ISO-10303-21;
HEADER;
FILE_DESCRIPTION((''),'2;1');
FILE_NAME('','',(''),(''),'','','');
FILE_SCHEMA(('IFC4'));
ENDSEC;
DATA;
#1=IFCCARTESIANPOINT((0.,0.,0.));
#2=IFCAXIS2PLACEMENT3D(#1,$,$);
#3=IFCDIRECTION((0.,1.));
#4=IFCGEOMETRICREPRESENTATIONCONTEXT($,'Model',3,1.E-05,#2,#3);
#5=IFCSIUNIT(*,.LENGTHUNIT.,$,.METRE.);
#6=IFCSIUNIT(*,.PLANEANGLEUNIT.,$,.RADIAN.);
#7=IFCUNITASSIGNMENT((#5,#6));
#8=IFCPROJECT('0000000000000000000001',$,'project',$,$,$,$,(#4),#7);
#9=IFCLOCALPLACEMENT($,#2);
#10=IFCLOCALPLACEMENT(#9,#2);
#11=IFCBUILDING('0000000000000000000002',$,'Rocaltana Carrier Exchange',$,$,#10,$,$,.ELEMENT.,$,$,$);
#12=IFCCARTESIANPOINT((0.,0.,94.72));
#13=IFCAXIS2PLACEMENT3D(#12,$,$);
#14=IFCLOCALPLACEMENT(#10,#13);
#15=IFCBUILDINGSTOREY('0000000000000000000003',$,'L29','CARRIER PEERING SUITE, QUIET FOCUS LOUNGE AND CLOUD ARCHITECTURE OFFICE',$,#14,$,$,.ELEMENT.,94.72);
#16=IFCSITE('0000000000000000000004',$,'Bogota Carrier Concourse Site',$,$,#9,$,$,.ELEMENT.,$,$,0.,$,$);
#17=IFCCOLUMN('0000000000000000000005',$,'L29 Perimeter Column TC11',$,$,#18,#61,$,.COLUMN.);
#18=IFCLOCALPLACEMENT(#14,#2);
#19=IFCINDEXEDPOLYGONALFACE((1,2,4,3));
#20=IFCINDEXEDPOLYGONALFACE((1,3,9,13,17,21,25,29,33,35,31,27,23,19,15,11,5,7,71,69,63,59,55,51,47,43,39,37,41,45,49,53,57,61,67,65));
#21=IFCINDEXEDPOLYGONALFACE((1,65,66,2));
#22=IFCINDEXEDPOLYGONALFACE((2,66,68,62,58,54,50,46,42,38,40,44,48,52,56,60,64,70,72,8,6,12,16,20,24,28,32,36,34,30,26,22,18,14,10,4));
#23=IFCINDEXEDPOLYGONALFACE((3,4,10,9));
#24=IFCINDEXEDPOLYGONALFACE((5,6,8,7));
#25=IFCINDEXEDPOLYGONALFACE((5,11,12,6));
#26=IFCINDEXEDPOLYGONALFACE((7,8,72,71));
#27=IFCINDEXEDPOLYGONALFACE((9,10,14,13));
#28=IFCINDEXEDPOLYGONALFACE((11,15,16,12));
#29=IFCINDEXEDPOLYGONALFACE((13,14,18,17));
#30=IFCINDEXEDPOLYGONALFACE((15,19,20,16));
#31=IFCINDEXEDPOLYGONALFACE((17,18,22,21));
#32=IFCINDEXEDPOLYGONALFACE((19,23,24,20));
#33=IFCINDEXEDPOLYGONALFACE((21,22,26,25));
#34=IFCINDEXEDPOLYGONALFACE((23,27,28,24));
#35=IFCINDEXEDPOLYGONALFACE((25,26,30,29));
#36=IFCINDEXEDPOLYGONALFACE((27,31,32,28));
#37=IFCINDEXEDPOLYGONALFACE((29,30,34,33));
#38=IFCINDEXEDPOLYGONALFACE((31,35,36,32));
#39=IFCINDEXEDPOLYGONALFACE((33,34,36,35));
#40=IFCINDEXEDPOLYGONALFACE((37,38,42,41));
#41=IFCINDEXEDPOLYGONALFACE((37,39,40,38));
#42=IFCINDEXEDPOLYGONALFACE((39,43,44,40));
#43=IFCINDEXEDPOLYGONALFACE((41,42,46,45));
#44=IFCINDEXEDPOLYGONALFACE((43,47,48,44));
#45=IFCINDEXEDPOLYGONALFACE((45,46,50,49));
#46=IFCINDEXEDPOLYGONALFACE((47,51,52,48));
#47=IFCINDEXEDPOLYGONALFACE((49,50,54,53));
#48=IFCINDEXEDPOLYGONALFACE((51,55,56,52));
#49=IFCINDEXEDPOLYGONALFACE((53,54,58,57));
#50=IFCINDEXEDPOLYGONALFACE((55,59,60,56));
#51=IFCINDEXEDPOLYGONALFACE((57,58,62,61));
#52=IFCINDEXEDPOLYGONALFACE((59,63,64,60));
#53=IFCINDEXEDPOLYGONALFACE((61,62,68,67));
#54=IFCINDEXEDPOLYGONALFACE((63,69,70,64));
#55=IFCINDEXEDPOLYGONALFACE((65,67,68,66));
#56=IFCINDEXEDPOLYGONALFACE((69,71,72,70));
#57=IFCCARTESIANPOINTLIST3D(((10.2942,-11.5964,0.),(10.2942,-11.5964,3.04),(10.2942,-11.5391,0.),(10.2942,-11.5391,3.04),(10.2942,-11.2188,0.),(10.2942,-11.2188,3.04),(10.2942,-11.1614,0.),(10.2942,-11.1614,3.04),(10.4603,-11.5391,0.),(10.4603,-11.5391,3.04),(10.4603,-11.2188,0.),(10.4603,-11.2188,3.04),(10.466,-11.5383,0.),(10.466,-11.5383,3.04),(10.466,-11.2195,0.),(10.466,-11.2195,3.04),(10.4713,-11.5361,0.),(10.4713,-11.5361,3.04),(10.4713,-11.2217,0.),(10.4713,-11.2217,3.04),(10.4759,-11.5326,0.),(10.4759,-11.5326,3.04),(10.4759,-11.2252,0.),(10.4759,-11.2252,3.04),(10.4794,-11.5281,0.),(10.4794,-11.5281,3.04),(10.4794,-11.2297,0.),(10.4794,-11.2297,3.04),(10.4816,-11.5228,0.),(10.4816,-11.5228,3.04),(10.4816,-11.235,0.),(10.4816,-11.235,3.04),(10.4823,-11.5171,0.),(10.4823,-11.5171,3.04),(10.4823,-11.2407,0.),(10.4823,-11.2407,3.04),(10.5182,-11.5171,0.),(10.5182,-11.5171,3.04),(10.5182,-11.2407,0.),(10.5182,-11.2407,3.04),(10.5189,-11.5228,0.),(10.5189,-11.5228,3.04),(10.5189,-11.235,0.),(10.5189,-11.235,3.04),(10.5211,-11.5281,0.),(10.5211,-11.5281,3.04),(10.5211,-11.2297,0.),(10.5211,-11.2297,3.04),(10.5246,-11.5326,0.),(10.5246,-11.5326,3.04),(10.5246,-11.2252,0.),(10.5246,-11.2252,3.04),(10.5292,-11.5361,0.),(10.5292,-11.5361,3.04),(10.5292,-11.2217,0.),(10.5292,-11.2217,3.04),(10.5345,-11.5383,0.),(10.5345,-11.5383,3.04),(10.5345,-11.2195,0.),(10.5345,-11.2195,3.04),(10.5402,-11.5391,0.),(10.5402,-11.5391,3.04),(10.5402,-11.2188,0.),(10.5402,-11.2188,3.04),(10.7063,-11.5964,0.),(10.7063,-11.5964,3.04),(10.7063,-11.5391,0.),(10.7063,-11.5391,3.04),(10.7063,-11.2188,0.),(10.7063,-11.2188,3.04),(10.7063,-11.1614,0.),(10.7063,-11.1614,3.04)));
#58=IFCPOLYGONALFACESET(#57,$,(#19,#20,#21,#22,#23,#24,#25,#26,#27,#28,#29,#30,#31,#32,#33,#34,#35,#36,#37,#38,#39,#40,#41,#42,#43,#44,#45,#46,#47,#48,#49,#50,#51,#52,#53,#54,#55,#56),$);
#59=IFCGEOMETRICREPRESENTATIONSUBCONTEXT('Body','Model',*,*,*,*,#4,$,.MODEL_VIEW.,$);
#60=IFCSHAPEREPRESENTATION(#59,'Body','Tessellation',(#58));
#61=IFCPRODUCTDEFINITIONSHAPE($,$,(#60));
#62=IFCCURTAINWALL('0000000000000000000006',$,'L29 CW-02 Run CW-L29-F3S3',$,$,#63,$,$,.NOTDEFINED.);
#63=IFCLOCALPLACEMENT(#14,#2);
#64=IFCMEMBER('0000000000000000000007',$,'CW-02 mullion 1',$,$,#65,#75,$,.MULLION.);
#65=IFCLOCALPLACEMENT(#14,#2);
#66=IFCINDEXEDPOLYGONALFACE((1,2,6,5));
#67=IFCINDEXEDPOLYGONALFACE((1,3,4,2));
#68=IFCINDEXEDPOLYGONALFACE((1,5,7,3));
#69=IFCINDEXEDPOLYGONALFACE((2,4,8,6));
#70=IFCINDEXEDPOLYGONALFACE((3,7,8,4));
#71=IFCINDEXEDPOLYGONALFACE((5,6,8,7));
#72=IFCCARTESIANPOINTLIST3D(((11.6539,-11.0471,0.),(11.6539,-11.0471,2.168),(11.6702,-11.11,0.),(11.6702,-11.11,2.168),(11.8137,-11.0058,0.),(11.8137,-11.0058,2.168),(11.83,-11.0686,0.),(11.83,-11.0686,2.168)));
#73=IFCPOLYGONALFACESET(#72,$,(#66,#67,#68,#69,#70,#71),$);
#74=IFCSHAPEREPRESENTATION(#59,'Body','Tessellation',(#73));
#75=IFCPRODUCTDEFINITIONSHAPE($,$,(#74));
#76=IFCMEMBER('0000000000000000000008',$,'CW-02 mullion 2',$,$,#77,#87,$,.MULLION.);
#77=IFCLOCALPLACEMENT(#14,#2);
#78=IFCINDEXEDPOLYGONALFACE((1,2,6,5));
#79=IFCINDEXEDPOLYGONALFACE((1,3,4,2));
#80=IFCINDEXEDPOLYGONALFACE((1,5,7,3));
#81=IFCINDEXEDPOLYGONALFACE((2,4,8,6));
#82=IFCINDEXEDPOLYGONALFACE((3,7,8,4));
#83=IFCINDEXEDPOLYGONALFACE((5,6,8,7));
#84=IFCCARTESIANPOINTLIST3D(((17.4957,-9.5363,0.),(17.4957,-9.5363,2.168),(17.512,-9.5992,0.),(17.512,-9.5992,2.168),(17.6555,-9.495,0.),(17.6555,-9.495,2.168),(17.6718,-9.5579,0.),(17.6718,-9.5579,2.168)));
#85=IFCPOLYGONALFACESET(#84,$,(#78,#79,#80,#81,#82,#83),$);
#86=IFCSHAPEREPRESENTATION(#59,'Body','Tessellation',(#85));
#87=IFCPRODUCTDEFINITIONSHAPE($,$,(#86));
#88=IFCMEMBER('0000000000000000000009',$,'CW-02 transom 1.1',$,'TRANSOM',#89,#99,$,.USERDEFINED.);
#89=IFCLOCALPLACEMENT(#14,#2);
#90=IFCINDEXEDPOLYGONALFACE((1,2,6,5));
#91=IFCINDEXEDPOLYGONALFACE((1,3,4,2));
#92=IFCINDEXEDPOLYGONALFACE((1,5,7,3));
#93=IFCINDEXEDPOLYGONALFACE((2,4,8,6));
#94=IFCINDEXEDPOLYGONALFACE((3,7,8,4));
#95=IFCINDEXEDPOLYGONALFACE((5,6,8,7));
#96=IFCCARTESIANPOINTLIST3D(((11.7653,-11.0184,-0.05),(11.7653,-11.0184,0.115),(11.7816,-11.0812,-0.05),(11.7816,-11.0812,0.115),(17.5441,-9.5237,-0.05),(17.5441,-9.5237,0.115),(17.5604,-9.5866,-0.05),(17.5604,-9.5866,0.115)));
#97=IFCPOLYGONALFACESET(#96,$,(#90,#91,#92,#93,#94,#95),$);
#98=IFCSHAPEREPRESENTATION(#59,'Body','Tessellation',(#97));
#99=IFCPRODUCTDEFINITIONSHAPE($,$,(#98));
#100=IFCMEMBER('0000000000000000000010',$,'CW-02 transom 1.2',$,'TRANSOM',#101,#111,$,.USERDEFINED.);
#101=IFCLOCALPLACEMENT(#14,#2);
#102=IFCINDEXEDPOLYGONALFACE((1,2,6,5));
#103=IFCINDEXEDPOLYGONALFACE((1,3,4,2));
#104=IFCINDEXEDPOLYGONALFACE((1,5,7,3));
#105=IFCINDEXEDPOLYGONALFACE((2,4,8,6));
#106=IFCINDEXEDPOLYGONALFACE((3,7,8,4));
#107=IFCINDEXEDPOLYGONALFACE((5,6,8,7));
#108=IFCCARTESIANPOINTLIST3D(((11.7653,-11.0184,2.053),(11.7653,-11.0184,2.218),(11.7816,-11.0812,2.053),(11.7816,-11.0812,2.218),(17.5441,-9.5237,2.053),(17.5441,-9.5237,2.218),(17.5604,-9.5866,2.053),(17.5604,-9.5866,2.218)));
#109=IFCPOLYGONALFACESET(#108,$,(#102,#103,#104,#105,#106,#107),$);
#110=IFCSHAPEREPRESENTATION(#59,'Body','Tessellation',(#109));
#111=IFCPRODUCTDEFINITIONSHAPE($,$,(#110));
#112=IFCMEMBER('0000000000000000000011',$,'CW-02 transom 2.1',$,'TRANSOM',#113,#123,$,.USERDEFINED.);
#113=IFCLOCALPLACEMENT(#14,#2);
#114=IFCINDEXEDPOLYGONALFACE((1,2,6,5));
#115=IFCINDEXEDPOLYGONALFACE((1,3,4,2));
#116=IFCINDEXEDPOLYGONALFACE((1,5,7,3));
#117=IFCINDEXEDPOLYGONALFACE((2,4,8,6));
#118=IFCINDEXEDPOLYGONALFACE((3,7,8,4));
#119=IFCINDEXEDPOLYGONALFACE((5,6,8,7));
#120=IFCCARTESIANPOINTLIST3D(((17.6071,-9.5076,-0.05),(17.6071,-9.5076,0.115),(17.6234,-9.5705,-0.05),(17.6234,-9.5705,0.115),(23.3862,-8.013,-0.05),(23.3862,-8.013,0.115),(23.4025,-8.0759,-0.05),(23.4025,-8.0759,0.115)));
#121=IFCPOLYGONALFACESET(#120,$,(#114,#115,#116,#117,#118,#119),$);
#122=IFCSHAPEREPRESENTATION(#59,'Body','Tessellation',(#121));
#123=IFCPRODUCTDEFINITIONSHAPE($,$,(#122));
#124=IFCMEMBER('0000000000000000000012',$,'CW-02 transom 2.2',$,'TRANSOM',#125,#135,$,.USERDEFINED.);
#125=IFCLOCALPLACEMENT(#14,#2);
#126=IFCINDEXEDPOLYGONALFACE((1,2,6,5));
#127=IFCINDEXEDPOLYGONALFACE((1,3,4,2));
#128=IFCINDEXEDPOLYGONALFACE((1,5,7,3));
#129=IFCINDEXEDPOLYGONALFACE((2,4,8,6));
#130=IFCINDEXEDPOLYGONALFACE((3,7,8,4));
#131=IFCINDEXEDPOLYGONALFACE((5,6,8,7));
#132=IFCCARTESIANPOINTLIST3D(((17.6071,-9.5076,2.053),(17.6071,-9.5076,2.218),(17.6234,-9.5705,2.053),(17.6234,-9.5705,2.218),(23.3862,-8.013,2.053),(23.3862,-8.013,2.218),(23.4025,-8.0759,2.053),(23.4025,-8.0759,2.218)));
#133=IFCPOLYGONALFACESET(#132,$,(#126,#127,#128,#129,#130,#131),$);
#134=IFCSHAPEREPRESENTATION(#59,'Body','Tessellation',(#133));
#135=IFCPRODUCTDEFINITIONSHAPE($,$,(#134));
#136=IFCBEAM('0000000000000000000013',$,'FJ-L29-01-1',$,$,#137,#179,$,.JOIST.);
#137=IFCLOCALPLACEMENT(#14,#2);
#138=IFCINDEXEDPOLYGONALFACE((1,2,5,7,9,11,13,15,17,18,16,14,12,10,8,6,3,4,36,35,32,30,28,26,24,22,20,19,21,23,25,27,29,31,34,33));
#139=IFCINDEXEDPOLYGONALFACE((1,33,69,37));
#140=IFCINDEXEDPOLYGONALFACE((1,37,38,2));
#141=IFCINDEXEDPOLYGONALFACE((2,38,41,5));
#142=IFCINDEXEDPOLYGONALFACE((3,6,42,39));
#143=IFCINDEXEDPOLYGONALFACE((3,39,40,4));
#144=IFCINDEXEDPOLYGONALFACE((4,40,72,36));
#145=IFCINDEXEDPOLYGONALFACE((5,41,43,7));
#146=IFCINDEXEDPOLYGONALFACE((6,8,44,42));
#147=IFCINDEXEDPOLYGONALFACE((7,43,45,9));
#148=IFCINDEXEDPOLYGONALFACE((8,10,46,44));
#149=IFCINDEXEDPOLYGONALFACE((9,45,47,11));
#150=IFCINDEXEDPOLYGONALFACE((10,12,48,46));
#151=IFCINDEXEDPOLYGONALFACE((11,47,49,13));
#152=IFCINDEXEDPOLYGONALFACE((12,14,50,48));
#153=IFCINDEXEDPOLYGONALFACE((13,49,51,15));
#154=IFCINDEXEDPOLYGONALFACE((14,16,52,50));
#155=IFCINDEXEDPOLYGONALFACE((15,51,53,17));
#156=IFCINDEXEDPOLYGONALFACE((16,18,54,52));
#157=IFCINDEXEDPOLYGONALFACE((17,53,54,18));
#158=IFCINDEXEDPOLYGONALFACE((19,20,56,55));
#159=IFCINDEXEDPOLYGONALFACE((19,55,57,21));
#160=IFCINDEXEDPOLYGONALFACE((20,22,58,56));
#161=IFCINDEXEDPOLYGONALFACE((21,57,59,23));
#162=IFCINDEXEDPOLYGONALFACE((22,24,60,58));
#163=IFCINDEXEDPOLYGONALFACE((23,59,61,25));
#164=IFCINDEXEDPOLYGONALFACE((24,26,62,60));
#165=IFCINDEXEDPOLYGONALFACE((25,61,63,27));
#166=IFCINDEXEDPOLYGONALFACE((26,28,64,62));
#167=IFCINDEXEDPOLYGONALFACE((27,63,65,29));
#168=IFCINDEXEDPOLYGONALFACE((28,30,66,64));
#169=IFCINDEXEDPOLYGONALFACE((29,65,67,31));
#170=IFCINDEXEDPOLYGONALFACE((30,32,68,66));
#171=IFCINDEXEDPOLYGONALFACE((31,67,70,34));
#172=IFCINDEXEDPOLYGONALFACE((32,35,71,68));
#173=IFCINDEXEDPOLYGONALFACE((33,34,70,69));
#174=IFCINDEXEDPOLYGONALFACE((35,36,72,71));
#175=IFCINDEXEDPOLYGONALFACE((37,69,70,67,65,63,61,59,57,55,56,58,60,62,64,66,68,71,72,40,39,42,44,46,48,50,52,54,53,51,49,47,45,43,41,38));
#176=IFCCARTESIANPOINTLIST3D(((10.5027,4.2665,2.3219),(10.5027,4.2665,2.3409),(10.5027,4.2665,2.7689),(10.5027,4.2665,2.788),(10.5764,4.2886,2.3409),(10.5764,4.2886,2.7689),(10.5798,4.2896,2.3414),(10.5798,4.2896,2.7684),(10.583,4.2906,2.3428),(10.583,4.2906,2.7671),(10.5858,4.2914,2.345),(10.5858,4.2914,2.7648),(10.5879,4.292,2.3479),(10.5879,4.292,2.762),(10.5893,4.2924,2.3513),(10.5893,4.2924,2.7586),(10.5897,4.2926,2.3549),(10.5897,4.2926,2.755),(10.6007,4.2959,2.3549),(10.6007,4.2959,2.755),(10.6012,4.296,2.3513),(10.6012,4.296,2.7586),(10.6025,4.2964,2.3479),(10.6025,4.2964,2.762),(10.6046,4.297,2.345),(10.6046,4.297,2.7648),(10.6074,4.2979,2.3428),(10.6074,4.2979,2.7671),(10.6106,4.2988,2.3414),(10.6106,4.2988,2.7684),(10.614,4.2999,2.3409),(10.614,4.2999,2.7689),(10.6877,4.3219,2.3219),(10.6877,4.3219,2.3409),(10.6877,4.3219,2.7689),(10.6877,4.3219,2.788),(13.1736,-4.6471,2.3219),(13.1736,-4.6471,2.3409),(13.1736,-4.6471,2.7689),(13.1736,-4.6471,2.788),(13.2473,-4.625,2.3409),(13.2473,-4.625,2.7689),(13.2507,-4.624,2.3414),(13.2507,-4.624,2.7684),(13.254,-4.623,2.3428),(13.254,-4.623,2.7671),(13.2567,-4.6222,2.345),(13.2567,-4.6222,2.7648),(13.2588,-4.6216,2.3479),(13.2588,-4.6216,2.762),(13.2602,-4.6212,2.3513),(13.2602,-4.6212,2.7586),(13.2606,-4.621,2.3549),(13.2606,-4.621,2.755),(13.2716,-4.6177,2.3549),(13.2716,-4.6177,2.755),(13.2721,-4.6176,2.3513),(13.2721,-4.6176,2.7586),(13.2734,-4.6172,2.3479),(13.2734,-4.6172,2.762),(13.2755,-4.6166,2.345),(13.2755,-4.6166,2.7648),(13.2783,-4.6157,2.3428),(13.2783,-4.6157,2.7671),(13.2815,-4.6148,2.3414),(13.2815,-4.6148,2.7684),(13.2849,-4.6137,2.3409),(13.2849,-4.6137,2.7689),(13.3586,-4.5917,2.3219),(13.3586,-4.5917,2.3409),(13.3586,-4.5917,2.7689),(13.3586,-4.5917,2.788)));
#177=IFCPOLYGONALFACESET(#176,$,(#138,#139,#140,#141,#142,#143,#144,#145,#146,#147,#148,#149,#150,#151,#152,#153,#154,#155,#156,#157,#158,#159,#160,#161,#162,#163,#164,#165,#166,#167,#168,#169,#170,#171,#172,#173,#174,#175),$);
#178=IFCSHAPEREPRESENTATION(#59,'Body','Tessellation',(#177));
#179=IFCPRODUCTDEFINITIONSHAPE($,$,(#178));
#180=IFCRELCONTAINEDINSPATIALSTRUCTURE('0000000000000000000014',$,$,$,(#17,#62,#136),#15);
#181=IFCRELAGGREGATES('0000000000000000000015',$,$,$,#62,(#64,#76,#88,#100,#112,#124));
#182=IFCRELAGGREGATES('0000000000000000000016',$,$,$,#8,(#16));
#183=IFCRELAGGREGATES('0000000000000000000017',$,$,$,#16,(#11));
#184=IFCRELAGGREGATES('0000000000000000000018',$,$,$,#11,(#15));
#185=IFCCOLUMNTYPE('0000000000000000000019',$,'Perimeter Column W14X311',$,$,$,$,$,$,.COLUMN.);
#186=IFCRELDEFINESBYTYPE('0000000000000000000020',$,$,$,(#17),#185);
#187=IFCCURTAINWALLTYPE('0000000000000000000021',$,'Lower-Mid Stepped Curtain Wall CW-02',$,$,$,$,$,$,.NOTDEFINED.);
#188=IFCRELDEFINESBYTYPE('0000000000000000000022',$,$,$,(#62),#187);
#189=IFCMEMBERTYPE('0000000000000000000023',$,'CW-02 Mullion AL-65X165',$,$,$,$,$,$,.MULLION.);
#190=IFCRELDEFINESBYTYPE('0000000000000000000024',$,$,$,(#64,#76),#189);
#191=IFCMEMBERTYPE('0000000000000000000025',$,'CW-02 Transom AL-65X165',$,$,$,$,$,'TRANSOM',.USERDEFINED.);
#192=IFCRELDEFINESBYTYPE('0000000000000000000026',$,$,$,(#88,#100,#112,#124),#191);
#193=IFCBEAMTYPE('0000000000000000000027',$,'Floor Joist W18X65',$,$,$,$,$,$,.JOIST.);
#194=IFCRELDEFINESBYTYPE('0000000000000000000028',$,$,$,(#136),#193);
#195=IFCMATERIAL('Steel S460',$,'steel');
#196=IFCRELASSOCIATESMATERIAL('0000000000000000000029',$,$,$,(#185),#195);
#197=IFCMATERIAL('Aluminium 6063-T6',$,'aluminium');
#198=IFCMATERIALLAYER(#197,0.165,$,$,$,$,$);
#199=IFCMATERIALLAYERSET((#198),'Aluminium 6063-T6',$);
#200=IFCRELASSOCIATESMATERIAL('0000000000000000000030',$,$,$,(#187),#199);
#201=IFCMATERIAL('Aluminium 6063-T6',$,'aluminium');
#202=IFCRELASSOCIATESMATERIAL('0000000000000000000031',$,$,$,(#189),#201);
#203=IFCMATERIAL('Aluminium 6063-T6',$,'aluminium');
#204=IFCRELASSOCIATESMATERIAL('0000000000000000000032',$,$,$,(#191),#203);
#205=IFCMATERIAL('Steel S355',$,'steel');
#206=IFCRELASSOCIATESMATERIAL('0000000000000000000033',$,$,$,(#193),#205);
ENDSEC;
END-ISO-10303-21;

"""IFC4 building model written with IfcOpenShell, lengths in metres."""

from ifc_helpers import new_model, si_unit, direction, frame, origin, origin_2d, place, context, subcontext, project, spatial, rectangle, i_section, extrude, material, layer, layer_set, material_profile, profile_set, type_object, element, aggregate, save


model = new_model("IFC4")

# Units and contexts
model_context = context("Model", 3, precision=1e-05, world=origin(), true_north=direction((0.0, 1.0)))
body_context = subcontext(model_context, "Body", "Model", "MODEL_VIEW")
ifc_project = project(units=[si_unit("LENGTHUNIT", "METRE"), si_unit("PLANEANGLEUNIT", "RADIAN")], contexts=[model_context])

# Site, building, storey
site_placement = place(None, origin())
site = spatial("IfcSite", under=ifc_project, at=site_placement, Name="Bogota Carrier Concourse Site", CompositionType="ELEMENT", RefElevation=0.0)
building_placement = place(site_placement, origin())
building = spatial("IfcBuilding", under=site, at=building_placement, Name="Rocaltana Carrier Exchange", CompositionType="ELEMENT")
storey_placement = place(building_placement, frame((0.0, 0.0, 94.72)))
storey = spatial("IfcBuildingStorey", under=building, at=storey_placement, Name="L29", Description="CARRIER PEERING SUITE, QUIET FOCUS LOUNGE AND CLOUD ARCHITECTURE OFFICE", CompositionType="ELEMENT", Elevation=94.72)

# Column
ifc_material_1 = material(Name="Steel S460", Category="steel")
ifc_material_profile_1 = material_profile(ifc_material_1, i_section(OverallWidth=0.4121, OverallDepth=0.4351, WebThickness=0.0359, FlangeThickness=0.0574, FilletRadius=0.022, at=origin_2d()), Name="W14X311")
ifc_profile_set_1 = profile_set([ifc_material_profile_1], Name="Steel S460")
column_type = type_object("IfcColumnType", Name="Perimeter Column W14X311", PredefinedType="COLUMN", material=ifc_profile_set_1)
column_placement = place(storey_placement, frame((10.5002, -11.3789, 0.0), z_axis=(0.0, 0.0, 1.0), x_axis=(1.0, 0.0, 0.0)))
element("IfcColumn", 1, at=column_placement, inside=storey, type_object=column_type, Name="L29 Perimeter Column TC11", PredefinedType="COLUMN", context=body_context, shape_type="SweptSolid", body=[
    extrude(i_section(OverallWidth=0.4121, OverallDepth=0.4351, WebThickness=0.0359, FlangeThickness=0.0574, FilletRadius=0.022, at=origin_2d()), origin(), (0.0, 0.0, 1.0), 3.04),
])

# Curtain wall, members
ifc_material_2 = material(Name="Aluminium 6063-T6", Category="aluminium")
ifc_layer_1 = layer(ifc_material_2, 0.165)
ifc_layer_set_1 = layer_set([ifc_layer_1], Name="Aluminium 6063-T6")
curtain_wall_type = type_object("IfcCurtainWallType", Name="Lower-Mid Stepped Curtain Wall CW-02", PredefinedType="NOTDEFINED", material=ifc_layer_set_1)
curtain_wall_placement = place(storey_placement, origin())
curtain_wall = element("IfcCurtainWall", 2, at=curtain_wall_placement, inside=storey, type_object=curtain_wall_type, Name="L29 CW-02 Run CW-L29-F3S3", PredefinedType="NOTDEFINED")
ifc_material_3 = material(Name="Aluminium 6063-T6", Category="aluminium")
ifc_material_profile_2 = material_profile(ifc_material_3, rectangle(XDim=0.0649, YDim=0.165, at=origin_2d()), Name="AL-65X165")
ifc_profile_set_2 = profile_set([ifc_material_profile_2], Name="Aluminium 6063-T6")
member_type_1 = type_object("IfcMemberType", Name="CW-02 Mullion AL-65X165", PredefinedType="MULLION", material=ifc_profile_set_2)
member_1_placement = place(storey_placement, frame((11.7419, -11.0579, 0.0), z_axis=(0.0, 0.0, 1.0), x_axis=(-0.25037, 0.96815, 0.0)))
member_1 = element("IfcMember", 3, at=member_1_placement, type_object=member_type_1, Name="CW-02 mullion 1", PredefinedType="MULLION", context=body_context, shape_type="SweptSolid", body=[
    extrude(rectangle(XDim=0.0649, YDim=0.165, at=origin_2d()), origin(), (0.0, 0.0, 1.0), 2.168),
])
member_2_placement = place(storey_placement, frame((17.5837, -9.5471, 0.0), z_axis=(0.0, 0.0, 1.0), x_axis=(-0.25037, 0.96815, 0.0)))
member_2 = element("IfcMember", 4, at=member_2_placement, type_object=member_type_1, Name="CW-02 mullion 2", PredefinedType="MULLION", context=body_context, shape_type="SweptSolid", body=[
    extrude(rectangle(XDim=0.0649, YDim=0.165, at=origin_2d()), origin(), (0.0, 0.0, 1.0), 2.168),
])
ifc_material_4 = material(Name="Aluminium 6063-T6", Category="aluminium")
ifc_material_profile_3 = material_profile(ifc_material_4, rectangle(XDim=0.0649, YDim=0.165, at=origin_2d()), Name="AL-65X165")
ifc_profile_set_3 = profile_set([ifc_material_profile_3], Name="Aluminium 6063-T6")
member_type_2 = type_object("IfcMemberType", Name="CW-02 Transom AL-65X165", ElementType="TRANSOM", PredefinedType="USERDEFINED", material=ifc_profile_set_3)
member_3_placement = place(storey_placement, frame((11.7734, -11.0498, 0.0325), z_axis=(0.968142, 0.2504, 0.0), x_axis=(-0.2504, 0.968142, 0.0)))
member_3 = element("IfcMember", 5, at=member_3_placement, type_object=member_type_2, Name="CW-02 transom 1.1", ObjectType="TRANSOM", PredefinedType="USERDEFINED", context=body_context, shape_type="SweptSolid", body=[
    extrude(rectangle(XDim=0.0649, YDim=0.165, at=origin_2d()), origin(), (0.0, 0.0, 1.0), 5.969),
])
member_4_placement = place(storey_placement, frame((11.7734, -11.0498, 2.1355), z_axis=(0.968142, 0.2504, 0.0), x_axis=(-0.2504, 0.968142, 0.0)))
member_4 = element("IfcMember", 6, at=member_4_placement, type_object=member_type_2, Name="CW-02 transom 1.2", ObjectType="TRANSOM", PredefinedType="USERDEFINED", context=body_context, shape_type="SweptSolid", body=[
    extrude(rectangle(XDim=0.0649, YDim=0.165, at=origin_2d()), origin(), (0.0, 0.0, 1.0), 5.969),
])
member_5_placement = place(storey_placement, frame((17.6152, -9.5391, 0.0325), z_axis=(0.968145, 0.25039, 0.0), x_axis=(-0.25039, 0.968145, 0.0)))
member_5 = element("IfcMember", 7, at=member_5_placement, type_object=member_type_2, Name="CW-02 transom 2.1", ObjectType="TRANSOM", PredefinedType="USERDEFINED", context=body_context, shape_type="SweptSolid", body=[
    extrude(rectangle(XDim=0.0649, YDim=0.165, at=origin_2d()), origin(), (0.0, 0.0, 1.0), 5.9692),
])
member_6_placement = place(storey_placement, frame((17.6152, -9.5391, 2.1355), z_axis=(0.968145, 0.25039, 0.0), x_axis=(-0.25039, 0.968145, 0.0)))
member_6 = element("IfcMember", 8, at=member_6_placement, type_object=member_type_2, Name="CW-02 transom 2.2", ObjectType="TRANSOM", PredefinedType="USERDEFINED", context=body_context, shape_type="SweptSolid", body=[
    extrude(rectangle(XDim=0.0649, YDim=0.165, at=origin_2d()), origin(), (0.0, 0.0, 1.0), 5.9692),
])

# Beam
ifc_material_5 = material(Name="Steel S355", Category="steel")
ifc_material_profile_4 = material_profile(ifc_material_5, i_section(OverallWidth=0.1931, OverallDepth=0.4661, WebThickness=0.0115, FlangeThickness=0.019, FilletRadius=0.0139, at=origin_2d()), Name="W18X65")
ifc_profile_set_4 = profile_set([ifc_material_profile_4], Name="Steel S355")
beam_type_1 = type_object("IfcBeamType", Name="Floor Joist W18X65", PredefinedType="JOIST", material=ifc_profile_set_4)
beam_1_placement = place(storey_placement, frame((13.2661, -4.6194, 2.5549), z_axis=(-0.287035, 0.95792, 0.0), x_axis=(-0.95792, -0.287035, 0.0)))
element("IfcBeam", 9, at=beam_1_placement, inside=storey, type_object=beam_type_1, Name="FJ-L29-01-1", PredefinedType="JOIST", context=body_context, shape_type="SweptSolid", body=[
    extrude(i_section(OverallWidth=0.1931, OverallDepth=0.4661, WebThickness=0.0115, FlangeThickness=0.019, FilletRadius=0.0139, at=origin_2d()), origin(), (0.0, 0.0, 1.0), 9.3052),
])

aggregate(curtain_wall, [member_1, member_2, member_3, member_4, member_5, member_6])

save(model, "model.ifc")
